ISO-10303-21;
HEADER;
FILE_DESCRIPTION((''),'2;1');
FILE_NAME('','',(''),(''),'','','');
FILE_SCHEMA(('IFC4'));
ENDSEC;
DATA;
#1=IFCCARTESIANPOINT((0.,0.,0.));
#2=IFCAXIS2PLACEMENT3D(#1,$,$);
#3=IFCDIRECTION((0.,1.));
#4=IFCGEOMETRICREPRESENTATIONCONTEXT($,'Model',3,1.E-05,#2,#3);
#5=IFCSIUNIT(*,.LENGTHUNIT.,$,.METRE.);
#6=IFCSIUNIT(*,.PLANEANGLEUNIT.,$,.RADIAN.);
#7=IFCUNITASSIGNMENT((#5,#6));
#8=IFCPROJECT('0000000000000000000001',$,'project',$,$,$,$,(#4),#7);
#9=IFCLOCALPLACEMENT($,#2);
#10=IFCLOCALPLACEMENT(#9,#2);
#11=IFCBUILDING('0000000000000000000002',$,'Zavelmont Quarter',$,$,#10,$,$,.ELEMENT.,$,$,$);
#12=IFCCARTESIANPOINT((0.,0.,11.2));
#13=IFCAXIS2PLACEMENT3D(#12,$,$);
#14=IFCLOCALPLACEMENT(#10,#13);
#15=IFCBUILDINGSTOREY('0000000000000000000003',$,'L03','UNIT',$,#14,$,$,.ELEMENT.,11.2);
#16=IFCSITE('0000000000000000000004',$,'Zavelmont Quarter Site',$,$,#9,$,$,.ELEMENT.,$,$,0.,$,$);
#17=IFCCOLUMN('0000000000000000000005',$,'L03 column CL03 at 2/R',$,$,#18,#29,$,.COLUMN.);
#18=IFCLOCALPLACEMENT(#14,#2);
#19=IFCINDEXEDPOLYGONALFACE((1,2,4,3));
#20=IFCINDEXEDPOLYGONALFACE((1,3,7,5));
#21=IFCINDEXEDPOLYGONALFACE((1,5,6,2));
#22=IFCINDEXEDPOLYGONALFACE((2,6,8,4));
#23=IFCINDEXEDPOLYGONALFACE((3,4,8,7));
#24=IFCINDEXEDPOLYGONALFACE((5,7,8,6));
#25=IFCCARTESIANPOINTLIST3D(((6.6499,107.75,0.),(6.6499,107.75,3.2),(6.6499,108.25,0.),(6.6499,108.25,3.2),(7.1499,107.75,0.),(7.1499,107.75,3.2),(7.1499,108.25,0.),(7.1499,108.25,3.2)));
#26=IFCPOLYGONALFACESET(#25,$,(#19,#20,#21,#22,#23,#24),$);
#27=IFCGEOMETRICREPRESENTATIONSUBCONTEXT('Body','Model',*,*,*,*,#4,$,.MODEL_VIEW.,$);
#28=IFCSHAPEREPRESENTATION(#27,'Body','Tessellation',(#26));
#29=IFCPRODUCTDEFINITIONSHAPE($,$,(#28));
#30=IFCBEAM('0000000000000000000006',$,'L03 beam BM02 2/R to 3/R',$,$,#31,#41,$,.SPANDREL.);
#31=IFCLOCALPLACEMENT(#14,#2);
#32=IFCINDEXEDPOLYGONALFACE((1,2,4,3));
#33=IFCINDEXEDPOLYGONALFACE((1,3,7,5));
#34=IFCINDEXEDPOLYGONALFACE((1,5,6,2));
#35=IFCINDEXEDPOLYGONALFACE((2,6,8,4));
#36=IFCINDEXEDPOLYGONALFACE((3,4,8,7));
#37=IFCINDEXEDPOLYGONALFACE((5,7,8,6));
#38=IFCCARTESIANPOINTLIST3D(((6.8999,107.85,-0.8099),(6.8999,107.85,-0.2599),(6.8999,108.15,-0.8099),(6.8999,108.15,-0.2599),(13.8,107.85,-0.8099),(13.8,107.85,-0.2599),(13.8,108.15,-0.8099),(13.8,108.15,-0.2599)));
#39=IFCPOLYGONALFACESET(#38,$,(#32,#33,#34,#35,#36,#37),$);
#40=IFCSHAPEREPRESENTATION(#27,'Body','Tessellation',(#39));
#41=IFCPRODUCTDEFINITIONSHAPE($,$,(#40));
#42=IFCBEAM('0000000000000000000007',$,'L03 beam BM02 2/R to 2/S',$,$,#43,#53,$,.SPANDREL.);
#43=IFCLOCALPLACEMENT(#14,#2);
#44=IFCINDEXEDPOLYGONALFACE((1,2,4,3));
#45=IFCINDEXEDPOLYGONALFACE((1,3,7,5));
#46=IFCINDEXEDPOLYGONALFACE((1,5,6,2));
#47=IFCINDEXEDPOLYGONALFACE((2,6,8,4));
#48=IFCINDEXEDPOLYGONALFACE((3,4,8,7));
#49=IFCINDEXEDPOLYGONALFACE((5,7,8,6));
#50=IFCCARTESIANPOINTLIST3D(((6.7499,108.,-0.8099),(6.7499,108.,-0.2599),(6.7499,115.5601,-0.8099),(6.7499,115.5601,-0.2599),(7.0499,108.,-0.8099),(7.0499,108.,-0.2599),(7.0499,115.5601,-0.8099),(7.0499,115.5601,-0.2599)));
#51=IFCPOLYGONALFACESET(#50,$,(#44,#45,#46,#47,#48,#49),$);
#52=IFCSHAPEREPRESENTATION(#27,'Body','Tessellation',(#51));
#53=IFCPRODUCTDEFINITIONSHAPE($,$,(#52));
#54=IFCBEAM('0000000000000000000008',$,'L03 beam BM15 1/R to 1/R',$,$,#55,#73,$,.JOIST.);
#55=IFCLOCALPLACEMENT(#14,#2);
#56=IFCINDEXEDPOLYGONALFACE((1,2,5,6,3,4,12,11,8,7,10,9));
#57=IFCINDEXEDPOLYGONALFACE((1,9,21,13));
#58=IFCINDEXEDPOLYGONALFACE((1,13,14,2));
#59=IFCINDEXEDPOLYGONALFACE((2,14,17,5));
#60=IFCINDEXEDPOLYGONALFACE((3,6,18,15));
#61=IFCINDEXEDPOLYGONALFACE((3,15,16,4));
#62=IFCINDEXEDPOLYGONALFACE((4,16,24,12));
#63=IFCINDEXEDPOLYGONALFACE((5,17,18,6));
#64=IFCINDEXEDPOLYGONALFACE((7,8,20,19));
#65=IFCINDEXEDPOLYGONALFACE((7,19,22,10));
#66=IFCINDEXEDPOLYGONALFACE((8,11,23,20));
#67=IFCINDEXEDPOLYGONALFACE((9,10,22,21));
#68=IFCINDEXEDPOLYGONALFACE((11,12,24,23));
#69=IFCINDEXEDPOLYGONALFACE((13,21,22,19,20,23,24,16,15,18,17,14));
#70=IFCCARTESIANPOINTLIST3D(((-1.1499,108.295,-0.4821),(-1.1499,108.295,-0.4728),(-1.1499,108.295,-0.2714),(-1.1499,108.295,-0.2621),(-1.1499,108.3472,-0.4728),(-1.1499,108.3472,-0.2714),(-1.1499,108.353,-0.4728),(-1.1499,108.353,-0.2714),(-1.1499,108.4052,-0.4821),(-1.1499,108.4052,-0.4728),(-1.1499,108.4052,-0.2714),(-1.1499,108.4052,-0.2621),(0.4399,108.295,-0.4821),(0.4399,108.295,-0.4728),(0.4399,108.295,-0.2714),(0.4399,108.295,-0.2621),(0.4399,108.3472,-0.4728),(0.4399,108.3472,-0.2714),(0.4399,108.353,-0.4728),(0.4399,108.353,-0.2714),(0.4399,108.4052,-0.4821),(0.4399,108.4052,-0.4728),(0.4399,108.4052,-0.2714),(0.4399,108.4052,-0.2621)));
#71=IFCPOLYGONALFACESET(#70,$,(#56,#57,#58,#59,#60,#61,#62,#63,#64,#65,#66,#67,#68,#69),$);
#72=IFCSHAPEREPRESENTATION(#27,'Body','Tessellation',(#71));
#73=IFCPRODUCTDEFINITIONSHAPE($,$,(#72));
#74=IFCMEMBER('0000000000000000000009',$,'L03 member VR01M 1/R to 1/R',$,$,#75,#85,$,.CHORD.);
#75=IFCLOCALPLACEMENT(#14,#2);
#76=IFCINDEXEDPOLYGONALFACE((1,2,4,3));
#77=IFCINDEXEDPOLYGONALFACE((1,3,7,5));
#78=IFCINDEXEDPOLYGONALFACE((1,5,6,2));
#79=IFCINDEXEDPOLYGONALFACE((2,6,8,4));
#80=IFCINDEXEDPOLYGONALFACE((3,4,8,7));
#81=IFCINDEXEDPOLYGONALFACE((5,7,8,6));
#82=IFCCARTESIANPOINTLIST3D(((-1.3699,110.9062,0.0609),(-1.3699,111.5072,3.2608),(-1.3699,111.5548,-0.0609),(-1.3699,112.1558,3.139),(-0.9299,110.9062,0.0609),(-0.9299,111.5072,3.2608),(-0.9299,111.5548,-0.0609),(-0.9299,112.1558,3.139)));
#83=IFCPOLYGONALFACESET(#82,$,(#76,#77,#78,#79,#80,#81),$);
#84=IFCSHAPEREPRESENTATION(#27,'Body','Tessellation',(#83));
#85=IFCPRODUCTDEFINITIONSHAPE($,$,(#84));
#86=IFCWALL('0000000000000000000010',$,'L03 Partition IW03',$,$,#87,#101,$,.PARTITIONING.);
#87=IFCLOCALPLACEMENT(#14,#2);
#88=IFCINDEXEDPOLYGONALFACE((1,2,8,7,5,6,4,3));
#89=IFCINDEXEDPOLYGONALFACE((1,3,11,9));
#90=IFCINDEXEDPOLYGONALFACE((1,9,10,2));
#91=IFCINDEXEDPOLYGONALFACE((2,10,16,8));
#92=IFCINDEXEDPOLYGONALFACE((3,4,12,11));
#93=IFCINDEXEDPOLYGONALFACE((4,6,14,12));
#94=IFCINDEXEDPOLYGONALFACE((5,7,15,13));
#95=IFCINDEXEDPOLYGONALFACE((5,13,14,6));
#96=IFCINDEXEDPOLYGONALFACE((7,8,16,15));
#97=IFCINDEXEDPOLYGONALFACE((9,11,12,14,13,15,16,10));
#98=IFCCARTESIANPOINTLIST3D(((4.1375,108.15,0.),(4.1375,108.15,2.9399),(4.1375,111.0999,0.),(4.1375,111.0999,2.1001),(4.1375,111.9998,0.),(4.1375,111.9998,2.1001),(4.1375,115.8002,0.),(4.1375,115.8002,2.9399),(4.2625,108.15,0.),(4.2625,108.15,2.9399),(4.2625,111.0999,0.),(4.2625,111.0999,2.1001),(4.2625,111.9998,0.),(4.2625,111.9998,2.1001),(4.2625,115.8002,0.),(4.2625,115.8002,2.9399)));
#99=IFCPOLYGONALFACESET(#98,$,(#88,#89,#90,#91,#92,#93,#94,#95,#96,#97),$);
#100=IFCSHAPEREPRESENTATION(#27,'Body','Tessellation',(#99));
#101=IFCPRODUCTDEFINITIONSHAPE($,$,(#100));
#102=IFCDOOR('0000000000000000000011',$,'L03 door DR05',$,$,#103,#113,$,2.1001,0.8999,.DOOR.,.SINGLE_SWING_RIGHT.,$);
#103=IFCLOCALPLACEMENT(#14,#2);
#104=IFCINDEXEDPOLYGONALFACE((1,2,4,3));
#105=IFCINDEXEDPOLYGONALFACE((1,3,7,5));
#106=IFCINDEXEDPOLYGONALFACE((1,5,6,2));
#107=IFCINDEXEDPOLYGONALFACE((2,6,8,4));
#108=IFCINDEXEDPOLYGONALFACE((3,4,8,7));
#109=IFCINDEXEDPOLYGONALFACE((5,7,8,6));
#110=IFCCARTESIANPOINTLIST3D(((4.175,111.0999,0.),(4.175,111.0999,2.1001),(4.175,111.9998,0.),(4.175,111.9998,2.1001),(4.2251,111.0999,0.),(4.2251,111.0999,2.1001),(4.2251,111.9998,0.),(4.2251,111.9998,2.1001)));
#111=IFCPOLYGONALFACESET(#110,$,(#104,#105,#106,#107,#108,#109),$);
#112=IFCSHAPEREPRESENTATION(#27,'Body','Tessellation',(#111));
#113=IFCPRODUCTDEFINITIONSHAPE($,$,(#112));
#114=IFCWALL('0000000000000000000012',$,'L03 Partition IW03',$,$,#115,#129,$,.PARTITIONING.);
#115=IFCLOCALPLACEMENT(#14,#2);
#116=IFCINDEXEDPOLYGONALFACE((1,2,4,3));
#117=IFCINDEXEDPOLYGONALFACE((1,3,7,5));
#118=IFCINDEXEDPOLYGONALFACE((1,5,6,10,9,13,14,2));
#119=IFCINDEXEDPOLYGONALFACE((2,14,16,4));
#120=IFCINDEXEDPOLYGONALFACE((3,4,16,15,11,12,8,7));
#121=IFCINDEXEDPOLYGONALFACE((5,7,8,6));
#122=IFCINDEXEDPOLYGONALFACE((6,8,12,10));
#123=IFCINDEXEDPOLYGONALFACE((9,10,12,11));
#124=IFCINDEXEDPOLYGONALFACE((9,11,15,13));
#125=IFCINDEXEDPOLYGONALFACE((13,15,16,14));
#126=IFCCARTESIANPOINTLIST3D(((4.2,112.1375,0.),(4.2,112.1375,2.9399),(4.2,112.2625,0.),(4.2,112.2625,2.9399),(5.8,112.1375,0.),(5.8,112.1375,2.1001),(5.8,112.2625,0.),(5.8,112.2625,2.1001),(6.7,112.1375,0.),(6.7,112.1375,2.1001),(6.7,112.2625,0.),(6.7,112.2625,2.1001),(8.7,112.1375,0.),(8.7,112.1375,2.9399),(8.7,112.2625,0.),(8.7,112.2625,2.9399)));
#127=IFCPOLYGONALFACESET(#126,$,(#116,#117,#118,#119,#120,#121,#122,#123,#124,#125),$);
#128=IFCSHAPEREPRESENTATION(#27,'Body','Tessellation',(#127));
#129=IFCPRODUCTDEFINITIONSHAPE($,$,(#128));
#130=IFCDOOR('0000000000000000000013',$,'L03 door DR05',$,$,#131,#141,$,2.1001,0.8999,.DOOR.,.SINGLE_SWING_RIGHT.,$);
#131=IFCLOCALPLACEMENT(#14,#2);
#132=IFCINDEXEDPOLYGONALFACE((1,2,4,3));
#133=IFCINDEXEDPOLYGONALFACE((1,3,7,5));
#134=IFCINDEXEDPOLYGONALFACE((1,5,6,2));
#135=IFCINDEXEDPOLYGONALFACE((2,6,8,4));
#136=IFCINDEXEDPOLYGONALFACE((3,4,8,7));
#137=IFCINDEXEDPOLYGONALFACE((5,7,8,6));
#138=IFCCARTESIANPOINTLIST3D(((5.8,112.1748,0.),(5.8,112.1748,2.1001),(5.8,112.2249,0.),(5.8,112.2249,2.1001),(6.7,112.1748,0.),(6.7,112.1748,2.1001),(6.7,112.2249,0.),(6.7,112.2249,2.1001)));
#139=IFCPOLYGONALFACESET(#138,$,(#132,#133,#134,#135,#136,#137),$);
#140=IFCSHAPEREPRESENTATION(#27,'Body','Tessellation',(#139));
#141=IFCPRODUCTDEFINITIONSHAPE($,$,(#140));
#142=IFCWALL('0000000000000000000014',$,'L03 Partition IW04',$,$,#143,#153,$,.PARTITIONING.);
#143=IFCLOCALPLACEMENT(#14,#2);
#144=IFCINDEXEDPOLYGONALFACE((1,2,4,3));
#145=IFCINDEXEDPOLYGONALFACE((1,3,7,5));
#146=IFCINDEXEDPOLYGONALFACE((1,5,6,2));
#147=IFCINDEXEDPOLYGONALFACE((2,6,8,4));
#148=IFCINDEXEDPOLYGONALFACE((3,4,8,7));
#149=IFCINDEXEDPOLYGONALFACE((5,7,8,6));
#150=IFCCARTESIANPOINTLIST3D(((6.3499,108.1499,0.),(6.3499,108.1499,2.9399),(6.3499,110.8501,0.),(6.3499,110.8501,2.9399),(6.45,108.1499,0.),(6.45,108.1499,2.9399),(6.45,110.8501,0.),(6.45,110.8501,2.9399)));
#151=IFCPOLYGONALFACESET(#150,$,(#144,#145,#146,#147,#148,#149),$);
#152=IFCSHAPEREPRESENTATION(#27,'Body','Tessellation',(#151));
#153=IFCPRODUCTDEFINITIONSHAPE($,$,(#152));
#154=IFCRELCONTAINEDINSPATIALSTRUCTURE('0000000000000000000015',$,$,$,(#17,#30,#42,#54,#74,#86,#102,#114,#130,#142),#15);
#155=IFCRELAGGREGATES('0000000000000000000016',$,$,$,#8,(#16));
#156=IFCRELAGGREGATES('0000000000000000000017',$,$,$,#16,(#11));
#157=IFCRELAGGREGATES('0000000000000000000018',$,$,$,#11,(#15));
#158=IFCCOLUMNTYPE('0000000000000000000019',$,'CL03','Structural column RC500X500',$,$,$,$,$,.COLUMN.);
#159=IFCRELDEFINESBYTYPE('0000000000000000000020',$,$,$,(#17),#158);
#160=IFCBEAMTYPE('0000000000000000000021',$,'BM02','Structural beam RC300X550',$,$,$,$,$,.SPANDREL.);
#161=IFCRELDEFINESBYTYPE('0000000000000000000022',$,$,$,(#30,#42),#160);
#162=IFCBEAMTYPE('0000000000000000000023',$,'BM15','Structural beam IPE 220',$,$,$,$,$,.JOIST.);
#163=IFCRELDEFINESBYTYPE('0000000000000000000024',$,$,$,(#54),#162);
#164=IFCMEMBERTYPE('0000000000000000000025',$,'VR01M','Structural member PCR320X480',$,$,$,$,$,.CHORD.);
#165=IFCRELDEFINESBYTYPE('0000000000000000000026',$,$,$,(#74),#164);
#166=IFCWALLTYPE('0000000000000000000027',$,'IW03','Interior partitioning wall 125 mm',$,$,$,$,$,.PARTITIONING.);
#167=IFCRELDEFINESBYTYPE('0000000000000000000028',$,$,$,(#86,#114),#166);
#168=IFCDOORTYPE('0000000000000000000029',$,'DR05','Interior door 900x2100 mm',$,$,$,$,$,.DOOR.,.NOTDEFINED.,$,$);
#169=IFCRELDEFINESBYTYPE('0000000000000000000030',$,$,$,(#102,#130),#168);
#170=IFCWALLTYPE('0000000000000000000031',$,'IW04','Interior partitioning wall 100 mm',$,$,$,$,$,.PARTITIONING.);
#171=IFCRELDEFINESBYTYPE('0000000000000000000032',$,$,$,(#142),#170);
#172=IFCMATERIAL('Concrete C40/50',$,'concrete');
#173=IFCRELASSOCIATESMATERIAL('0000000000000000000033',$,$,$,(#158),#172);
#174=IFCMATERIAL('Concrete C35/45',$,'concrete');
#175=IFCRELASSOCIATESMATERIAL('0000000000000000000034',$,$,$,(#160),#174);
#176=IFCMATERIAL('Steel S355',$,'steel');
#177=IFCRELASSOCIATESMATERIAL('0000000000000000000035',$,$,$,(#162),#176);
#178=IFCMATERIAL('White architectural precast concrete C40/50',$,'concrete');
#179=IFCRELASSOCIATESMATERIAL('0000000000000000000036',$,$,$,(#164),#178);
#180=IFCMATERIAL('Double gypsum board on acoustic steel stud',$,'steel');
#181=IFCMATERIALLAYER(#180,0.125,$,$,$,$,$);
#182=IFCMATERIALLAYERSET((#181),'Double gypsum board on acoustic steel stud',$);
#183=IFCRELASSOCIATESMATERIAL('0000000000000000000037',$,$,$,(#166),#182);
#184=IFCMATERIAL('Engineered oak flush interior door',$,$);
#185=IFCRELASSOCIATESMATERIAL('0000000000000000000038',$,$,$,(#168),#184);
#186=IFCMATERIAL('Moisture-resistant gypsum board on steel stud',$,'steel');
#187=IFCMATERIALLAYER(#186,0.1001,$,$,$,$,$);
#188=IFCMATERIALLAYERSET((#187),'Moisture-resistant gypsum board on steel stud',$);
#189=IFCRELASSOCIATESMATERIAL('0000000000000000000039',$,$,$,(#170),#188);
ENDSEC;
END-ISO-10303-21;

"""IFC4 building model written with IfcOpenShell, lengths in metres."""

from ifc_helpers import new_model, si_unit, direction, frame, frame_2d, origin, origin_with_axes, origin_2d, place, context, subcontext, project, spatial, rectangle, i_section, extrude, material, layer, layer_set, material_profile, profile_set, type_object, element, fill, save


model = new_model("IFC4")

# Units and contexts
model_context = context("Model", 3, precision=1e-05, world=origin(), true_north=direction((0.0, 1.0)))
body_context = subcontext(model_context, "Body", "Model", "MODEL_VIEW")
ifc_project = project(units=[si_unit("LENGTHUNIT", "METRE"), si_unit("PLANEANGLEUNIT", "RADIAN")], contexts=[model_context])

# Site, building, storey
site_placement = place(None, origin())
site = spatial("IfcSite", under=ifc_project, at=site_placement, Name="Zavelmont Quarter Site", CompositionType="ELEMENT", RefElevation=0.0)
building_placement = place(site_placement, origin())
building = spatial("IfcBuilding", under=site, at=building_placement, Name="Zavelmont Quarter", CompositionType="ELEMENT")
storey_placement = place(building_placement, frame((0.0, 0.0, 11.2)))
storey = spatial("IfcBuildingStorey", under=building, at=storey_placement, Name="L03", Description="UNIT", CompositionType="ELEMENT", Elevation=11.2)

# Column
ifc_material_1 = material(Name="Concrete C40/50", Category="concrete")
ifc_material_profile_1 = material_profile(ifc_material_1, rectangle(XDim=0.5, YDim=0.5, at=origin_2d()), Name="RC500X500")
ifc_profile_set_1 = profile_set([ifc_material_profile_1], Name="Concrete C40/50")
column_type = type_object("IfcColumnType", Name="CL03", Description="Structural column RC500X500", PredefinedType="COLUMN", material=ifc_profile_set_1)
column_placement = place(storey_placement, frame((6.8999, 108.0, 0.0), z_axis=(0.0, 0.0, 1.0), x_axis=(1.0, 0.0, 0.0)))
element("IfcColumn", 1, at=column_placement, inside=storey, type_object=column_type, Name="L03 column CL03 at 2/R", PredefinedType="COLUMN", context=body_context, shape_type="SweptSolid", body=[
    extrude(rectangle(XDim=0.5, YDim=0.5, at=origin_2d()), origin(), (0.0, 0.0, 1.0), 3.2),
])

# Beams
ifc_material_2 = material(Name="Concrete C35/45", Category="concrete")
ifc_material_profile_2 = material_profile(ifc_material_2, rectangle(XDim=0.3, YDim=0.55, at=origin_2d()), Name="RC300X550")
ifc_profile_set_2 = profile_set([ifc_material_profile_2], Name="Concrete C35/45")
beam_type_1 = type_object("IfcBeamType", Name="BM02", Description="Structural beam RC300X550", PredefinedType="SPANDREL", material=ifc_profile_set_2)
beam_1_placement = place(storey_placement, frame((6.8999, 108.0, -0.5349), z_axis=(1.0, 0.0, 0.0), x_axis=(0.0, 1.0, 0.0)))
element("IfcBeam", 2, at=beam_1_placement, inside=storey, type_object=beam_type_1, Name="L03 beam BM02 2/R to 3/R", PredefinedType="SPANDREL", context=body_context, shape_type="SweptSolid", body=[
    extrude(rectangle(XDim=0.3, YDim=0.55, at=origin_2d()), origin(), (0.0, 0.0, 1.0), 6.9001),
])
beam_2_placement = place(storey_placement, frame((6.8999, 108.0, -0.5349), z_axis=(0.0, 1.0, 0.0), x_axis=(-1.0, 0.0, 0.0)))
element("IfcBeam", 3, at=beam_2_placement, inside=storey, type_object=beam_type_1, Name="L03 beam BM02 2/R to 2/S", PredefinedType="SPANDREL", context=body_context, shape_type="SweptSolid", body=[
    extrude(rectangle(XDim=0.3, YDim=0.55, at=origin_2d()), origin(), (0.0, 0.0, 1.0), 7.5601),
])
ifc_material_3 = material(Name="Steel S355", Category="steel")
ifc_material_profile_3 = material_profile(ifc_material_3, i_section(OverallWidth=0.1101, OverallDepth=0.22, WebThickness=0.0059, FlangeThickness=0.0093, at=origin_2d()), Name="IPE 220")
ifc_profile_set_3 = profile_set([ifc_material_profile_3], Name="Steel S355")
beam_type_2 = type_object("IfcBeamType", Name="BM15", Description="Structural beam IPE 220", PredefinedType="JOIST", material=ifc_profile_set_3)
beam_3_placement = place(storey_placement, frame((0.4399, 108.3501, -0.3721), z_axis=(-1.0, 0.0, 0.0), x_axis=(0.0, -1.0, 0.0)))
element("IfcBeam", 4, at=beam_3_placement, inside=storey, type_object=beam_type_2, Name="L03 beam BM15 1/R to 1/R", PredefinedType="JOIST", context=body_context, shape_type="SweptSolid", body=[
    extrude(i_section(OverallWidth=0.1101, OverallDepth=0.22, WebThickness=0.0059, FlangeThickness=0.0093, at=origin_2d()), origin(), (0.0, 0.0, 1.0), 1.5898),
])

# Member
ifc_material_4 = material(Name="White architectural precast concrete C40/50", Category="concrete")
ifc_material_profile_4 = material_profile(ifc_material_4, rectangle(XDim=0.4399, YDim=0.6599, at=origin_2d()), Name="PCR320X480")
ifc_profile_set_4 = profile_set([ifc_material_profile_4], Name="White architectural precast concrete C40/50")
member_type = type_object("IfcMemberType", Name="VR01M", Description="Structural member PCR320X480", PredefinedType="CHORD", material=ifc_profile_set_4)
member_placement = place(storey_placement, frame((-1.1499, 111.2305, 0.0), z_axis=(0.0, 0.18461, 0.982812), x_axis=(-1.0, 0.0, 0.0)))
element("IfcMember", 5, at=member_placement, inside=storey, type_object=member_type, Name="L03 member VR01M 1/R to 1/R", PredefinedType="CHORD", context=body_context, shape_type="SweptSolid", body=[
    extrude(rectangle(XDim=0.4399, YDim=0.6599, at=origin_2d()), origin(), (0.0, 0.0, 1.0), 3.2559),
])

# Walls, openings, doors
ifc_material_5 = material(Name="Double gypsum board on acoustic steel stud", Category="steel")
ifc_layer_1 = layer(ifc_material_5, 0.125)
ifc_layer_set_1 = layer_set([ifc_layer_1], Name="Double gypsum board on acoustic steel stud")
wall_type_1 = type_object("IfcWallType", Name="IW03", Description="Interior partitioning wall 125 mm", PredefinedType="PARTITIONING", material=ifc_layer_set_1)
wall_1_placement = place(storey_placement, frame((4.2, 108.1499, 0.0), z_axis=(0.0, 0.0, 1.0), x_axis=(0.0, 1.0, 0.0)))
wall_1 = element("IfcWall", 6, at=wall_1_placement, inside=storey, type_object=wall_type_1, Name="L03 Partition IW03", PredefinedType="PARTITIONING", context=body_context, shape_type="SweptSolid", body=[
    extrude(rectangle(XDim=7.6501, YDim=0.125, at=frame_2d((3.8252, 0.0))), origin(), (0.0, 0.0, 1.0), 2.9399),
])
opening_1_placement = place(wall_1_placement, frame((2.95, 0.0, 0.0)))
opening_1 = element("IfcOpeningElement", 7, at=opening_1_placement, cuts=wall_1, PredefinedType="OPENING", context=body_context, shape_type="SweptSolid", body=[
    extrude(rectangle(XDim=0.8999, YDim=2.1001, at=frame_2d((0.45, 1.05))), frame((0.0, 0.0745, 0.0), z_axis=(0.0, -1.0, 0.0), x_axis=(1.0, 0.0, 0.0)), (0.0, 0.0, 1.0), 0.1489),
])
ifc_material_6 = material(Name="Engineered oak flush interior door")
door_type_1 = type_object("IfcDoorType", Name="DR05", Description="Interior door 900x2100 mm", OperationType="NOTDEFINED", PredefinedType="DOOR", material=ifc_material_6)
door_1_placement = place(opening_1_placement, origin_with_axes())
door_1 = element("IfcDoor", 8, at=door_1_placement, inside=storey, type_object=door_type_1, Name="L03 door DR05", OperationType="SINGLE_SWING_RIGHT", OverallHeight=2.1001, OverallWidth=0.8999, PredefinedType="DOOR", context=body_context, shape_type="SweptSolid", body=[
    extrude(rectangle(XDim=0.8999, YDim=2.1001, at=frame_2d((0.45, 1.05))), frame((0.0, 0.0249, 0.0), z_axis=(0.0, -1.0, 0.0), x_axis=(1.0, 0.0, 0.0)), (0.0, 0.0, 1.0), 0.05),
])
fill(opening_1, door_1)
wall_2_placement = place(storey_placement, frame((4.2, 112.2, 0.0), z_axis=(0.0, 0.0, 1.0), x_axis=(1.0, 0.0, 0.0)))
wall_2 = element("IfcWall", 9, at=wall_2_placement, inside=storey, type_object=wall_type_1, Name="L03 Partition IW03", PredefinedType="PARTITIONING", context=body_context, shape_type="SweptSolid", body=[
    extrude(rectangle(XDim=4.5, YDim=0.125, at=frame_2d((2.25, 0.0))), origin(), (0.0, 0.0, 1.0), 2.9399),
])
opening_2_placement = place(wall_2_placement, frame((1.6001, 0.0, 0.0)))
opening_2 = element("IfcOpeningElement", 10, at=opening_2_placement, cuts=wall_2, PredefinedType="OPENING", context=body_context, shape_type="SweptSolid", body=[
    extrude(rectangle(XDim=0.8999, YDim=2.1001, at=frame_2d((0.45, 1.05))), frame((0.0, 0.0745, 0.0), z_axis=(0.0, -1.0, 0.0), x_axis=(1.0, 0.0, 0.0)), (0.0, 0.0, 1.0), 0.1489),
])
door_2_placement = place(opening_2_placement, origin_with_axes())
door_2 = element("IfcDoor", 11, at=door_2_placement, inside=storey, type_object=door_type_1, Name="L03 door DR05", OperationType="SINGLE_SWING_RIGHT", OverallHeight=2.1001, OverallWidth=0.8999, PredefinedType="DOOR", context=body_context, shape_type="SweptSolid", body=[
    extrude(rectangle(XDim=0.8999, YDim=2.1001, at=frame_2d((0.45, 1.05))), frame((0.0, 0.0249, 0.0), z_axis=(0.0, -1.0, 0.0), x_axis=(1.0, 0.0, 0.0)), (0.0, 0.0, 1.0), 0.05),
])
fill(opening_2, door_2)

# Wall
ifc_material_7 = material(Name="Moisture-resistant gypsum board on steel stud", Category="steel")
ifc_layer_2 = layer(ifc_material_7, 0.1001)
ifc_layer_set_2 = layer_set([ifc_layer_2], Name="Moisture-resistant gypsum board on steel stud")
wall_type_2 = type_object("IfcWallType", Name="IW04", Description="Interior partitioning wall 100 mm", PredefinedType="PARTITIONING", material=ifc_layer_set_2)
wall_3_placement = place(storey_placement, frame((6.3999, 108.1499, 0.0), z_axis=(0.0, 0.0, 1.0), x_axis=(0.0, 1.0, 0.0)))
element("IfcWall", 12, at=wall_3_placement, inside=storey, type_object=wall_type_2, Name="L03 Partition IW04", PredefinedType="PARTITIONING", context=body_context, shape_type="SweptSolid", body=[
    extrude(rectangle(XDim=2.7002, YDim=0.1001, at=frame_2d((1.3501, 0.0))), origin(), (0.0, 0.0, 1.0), 2.9399),
])

save(model, "model.ifc")
